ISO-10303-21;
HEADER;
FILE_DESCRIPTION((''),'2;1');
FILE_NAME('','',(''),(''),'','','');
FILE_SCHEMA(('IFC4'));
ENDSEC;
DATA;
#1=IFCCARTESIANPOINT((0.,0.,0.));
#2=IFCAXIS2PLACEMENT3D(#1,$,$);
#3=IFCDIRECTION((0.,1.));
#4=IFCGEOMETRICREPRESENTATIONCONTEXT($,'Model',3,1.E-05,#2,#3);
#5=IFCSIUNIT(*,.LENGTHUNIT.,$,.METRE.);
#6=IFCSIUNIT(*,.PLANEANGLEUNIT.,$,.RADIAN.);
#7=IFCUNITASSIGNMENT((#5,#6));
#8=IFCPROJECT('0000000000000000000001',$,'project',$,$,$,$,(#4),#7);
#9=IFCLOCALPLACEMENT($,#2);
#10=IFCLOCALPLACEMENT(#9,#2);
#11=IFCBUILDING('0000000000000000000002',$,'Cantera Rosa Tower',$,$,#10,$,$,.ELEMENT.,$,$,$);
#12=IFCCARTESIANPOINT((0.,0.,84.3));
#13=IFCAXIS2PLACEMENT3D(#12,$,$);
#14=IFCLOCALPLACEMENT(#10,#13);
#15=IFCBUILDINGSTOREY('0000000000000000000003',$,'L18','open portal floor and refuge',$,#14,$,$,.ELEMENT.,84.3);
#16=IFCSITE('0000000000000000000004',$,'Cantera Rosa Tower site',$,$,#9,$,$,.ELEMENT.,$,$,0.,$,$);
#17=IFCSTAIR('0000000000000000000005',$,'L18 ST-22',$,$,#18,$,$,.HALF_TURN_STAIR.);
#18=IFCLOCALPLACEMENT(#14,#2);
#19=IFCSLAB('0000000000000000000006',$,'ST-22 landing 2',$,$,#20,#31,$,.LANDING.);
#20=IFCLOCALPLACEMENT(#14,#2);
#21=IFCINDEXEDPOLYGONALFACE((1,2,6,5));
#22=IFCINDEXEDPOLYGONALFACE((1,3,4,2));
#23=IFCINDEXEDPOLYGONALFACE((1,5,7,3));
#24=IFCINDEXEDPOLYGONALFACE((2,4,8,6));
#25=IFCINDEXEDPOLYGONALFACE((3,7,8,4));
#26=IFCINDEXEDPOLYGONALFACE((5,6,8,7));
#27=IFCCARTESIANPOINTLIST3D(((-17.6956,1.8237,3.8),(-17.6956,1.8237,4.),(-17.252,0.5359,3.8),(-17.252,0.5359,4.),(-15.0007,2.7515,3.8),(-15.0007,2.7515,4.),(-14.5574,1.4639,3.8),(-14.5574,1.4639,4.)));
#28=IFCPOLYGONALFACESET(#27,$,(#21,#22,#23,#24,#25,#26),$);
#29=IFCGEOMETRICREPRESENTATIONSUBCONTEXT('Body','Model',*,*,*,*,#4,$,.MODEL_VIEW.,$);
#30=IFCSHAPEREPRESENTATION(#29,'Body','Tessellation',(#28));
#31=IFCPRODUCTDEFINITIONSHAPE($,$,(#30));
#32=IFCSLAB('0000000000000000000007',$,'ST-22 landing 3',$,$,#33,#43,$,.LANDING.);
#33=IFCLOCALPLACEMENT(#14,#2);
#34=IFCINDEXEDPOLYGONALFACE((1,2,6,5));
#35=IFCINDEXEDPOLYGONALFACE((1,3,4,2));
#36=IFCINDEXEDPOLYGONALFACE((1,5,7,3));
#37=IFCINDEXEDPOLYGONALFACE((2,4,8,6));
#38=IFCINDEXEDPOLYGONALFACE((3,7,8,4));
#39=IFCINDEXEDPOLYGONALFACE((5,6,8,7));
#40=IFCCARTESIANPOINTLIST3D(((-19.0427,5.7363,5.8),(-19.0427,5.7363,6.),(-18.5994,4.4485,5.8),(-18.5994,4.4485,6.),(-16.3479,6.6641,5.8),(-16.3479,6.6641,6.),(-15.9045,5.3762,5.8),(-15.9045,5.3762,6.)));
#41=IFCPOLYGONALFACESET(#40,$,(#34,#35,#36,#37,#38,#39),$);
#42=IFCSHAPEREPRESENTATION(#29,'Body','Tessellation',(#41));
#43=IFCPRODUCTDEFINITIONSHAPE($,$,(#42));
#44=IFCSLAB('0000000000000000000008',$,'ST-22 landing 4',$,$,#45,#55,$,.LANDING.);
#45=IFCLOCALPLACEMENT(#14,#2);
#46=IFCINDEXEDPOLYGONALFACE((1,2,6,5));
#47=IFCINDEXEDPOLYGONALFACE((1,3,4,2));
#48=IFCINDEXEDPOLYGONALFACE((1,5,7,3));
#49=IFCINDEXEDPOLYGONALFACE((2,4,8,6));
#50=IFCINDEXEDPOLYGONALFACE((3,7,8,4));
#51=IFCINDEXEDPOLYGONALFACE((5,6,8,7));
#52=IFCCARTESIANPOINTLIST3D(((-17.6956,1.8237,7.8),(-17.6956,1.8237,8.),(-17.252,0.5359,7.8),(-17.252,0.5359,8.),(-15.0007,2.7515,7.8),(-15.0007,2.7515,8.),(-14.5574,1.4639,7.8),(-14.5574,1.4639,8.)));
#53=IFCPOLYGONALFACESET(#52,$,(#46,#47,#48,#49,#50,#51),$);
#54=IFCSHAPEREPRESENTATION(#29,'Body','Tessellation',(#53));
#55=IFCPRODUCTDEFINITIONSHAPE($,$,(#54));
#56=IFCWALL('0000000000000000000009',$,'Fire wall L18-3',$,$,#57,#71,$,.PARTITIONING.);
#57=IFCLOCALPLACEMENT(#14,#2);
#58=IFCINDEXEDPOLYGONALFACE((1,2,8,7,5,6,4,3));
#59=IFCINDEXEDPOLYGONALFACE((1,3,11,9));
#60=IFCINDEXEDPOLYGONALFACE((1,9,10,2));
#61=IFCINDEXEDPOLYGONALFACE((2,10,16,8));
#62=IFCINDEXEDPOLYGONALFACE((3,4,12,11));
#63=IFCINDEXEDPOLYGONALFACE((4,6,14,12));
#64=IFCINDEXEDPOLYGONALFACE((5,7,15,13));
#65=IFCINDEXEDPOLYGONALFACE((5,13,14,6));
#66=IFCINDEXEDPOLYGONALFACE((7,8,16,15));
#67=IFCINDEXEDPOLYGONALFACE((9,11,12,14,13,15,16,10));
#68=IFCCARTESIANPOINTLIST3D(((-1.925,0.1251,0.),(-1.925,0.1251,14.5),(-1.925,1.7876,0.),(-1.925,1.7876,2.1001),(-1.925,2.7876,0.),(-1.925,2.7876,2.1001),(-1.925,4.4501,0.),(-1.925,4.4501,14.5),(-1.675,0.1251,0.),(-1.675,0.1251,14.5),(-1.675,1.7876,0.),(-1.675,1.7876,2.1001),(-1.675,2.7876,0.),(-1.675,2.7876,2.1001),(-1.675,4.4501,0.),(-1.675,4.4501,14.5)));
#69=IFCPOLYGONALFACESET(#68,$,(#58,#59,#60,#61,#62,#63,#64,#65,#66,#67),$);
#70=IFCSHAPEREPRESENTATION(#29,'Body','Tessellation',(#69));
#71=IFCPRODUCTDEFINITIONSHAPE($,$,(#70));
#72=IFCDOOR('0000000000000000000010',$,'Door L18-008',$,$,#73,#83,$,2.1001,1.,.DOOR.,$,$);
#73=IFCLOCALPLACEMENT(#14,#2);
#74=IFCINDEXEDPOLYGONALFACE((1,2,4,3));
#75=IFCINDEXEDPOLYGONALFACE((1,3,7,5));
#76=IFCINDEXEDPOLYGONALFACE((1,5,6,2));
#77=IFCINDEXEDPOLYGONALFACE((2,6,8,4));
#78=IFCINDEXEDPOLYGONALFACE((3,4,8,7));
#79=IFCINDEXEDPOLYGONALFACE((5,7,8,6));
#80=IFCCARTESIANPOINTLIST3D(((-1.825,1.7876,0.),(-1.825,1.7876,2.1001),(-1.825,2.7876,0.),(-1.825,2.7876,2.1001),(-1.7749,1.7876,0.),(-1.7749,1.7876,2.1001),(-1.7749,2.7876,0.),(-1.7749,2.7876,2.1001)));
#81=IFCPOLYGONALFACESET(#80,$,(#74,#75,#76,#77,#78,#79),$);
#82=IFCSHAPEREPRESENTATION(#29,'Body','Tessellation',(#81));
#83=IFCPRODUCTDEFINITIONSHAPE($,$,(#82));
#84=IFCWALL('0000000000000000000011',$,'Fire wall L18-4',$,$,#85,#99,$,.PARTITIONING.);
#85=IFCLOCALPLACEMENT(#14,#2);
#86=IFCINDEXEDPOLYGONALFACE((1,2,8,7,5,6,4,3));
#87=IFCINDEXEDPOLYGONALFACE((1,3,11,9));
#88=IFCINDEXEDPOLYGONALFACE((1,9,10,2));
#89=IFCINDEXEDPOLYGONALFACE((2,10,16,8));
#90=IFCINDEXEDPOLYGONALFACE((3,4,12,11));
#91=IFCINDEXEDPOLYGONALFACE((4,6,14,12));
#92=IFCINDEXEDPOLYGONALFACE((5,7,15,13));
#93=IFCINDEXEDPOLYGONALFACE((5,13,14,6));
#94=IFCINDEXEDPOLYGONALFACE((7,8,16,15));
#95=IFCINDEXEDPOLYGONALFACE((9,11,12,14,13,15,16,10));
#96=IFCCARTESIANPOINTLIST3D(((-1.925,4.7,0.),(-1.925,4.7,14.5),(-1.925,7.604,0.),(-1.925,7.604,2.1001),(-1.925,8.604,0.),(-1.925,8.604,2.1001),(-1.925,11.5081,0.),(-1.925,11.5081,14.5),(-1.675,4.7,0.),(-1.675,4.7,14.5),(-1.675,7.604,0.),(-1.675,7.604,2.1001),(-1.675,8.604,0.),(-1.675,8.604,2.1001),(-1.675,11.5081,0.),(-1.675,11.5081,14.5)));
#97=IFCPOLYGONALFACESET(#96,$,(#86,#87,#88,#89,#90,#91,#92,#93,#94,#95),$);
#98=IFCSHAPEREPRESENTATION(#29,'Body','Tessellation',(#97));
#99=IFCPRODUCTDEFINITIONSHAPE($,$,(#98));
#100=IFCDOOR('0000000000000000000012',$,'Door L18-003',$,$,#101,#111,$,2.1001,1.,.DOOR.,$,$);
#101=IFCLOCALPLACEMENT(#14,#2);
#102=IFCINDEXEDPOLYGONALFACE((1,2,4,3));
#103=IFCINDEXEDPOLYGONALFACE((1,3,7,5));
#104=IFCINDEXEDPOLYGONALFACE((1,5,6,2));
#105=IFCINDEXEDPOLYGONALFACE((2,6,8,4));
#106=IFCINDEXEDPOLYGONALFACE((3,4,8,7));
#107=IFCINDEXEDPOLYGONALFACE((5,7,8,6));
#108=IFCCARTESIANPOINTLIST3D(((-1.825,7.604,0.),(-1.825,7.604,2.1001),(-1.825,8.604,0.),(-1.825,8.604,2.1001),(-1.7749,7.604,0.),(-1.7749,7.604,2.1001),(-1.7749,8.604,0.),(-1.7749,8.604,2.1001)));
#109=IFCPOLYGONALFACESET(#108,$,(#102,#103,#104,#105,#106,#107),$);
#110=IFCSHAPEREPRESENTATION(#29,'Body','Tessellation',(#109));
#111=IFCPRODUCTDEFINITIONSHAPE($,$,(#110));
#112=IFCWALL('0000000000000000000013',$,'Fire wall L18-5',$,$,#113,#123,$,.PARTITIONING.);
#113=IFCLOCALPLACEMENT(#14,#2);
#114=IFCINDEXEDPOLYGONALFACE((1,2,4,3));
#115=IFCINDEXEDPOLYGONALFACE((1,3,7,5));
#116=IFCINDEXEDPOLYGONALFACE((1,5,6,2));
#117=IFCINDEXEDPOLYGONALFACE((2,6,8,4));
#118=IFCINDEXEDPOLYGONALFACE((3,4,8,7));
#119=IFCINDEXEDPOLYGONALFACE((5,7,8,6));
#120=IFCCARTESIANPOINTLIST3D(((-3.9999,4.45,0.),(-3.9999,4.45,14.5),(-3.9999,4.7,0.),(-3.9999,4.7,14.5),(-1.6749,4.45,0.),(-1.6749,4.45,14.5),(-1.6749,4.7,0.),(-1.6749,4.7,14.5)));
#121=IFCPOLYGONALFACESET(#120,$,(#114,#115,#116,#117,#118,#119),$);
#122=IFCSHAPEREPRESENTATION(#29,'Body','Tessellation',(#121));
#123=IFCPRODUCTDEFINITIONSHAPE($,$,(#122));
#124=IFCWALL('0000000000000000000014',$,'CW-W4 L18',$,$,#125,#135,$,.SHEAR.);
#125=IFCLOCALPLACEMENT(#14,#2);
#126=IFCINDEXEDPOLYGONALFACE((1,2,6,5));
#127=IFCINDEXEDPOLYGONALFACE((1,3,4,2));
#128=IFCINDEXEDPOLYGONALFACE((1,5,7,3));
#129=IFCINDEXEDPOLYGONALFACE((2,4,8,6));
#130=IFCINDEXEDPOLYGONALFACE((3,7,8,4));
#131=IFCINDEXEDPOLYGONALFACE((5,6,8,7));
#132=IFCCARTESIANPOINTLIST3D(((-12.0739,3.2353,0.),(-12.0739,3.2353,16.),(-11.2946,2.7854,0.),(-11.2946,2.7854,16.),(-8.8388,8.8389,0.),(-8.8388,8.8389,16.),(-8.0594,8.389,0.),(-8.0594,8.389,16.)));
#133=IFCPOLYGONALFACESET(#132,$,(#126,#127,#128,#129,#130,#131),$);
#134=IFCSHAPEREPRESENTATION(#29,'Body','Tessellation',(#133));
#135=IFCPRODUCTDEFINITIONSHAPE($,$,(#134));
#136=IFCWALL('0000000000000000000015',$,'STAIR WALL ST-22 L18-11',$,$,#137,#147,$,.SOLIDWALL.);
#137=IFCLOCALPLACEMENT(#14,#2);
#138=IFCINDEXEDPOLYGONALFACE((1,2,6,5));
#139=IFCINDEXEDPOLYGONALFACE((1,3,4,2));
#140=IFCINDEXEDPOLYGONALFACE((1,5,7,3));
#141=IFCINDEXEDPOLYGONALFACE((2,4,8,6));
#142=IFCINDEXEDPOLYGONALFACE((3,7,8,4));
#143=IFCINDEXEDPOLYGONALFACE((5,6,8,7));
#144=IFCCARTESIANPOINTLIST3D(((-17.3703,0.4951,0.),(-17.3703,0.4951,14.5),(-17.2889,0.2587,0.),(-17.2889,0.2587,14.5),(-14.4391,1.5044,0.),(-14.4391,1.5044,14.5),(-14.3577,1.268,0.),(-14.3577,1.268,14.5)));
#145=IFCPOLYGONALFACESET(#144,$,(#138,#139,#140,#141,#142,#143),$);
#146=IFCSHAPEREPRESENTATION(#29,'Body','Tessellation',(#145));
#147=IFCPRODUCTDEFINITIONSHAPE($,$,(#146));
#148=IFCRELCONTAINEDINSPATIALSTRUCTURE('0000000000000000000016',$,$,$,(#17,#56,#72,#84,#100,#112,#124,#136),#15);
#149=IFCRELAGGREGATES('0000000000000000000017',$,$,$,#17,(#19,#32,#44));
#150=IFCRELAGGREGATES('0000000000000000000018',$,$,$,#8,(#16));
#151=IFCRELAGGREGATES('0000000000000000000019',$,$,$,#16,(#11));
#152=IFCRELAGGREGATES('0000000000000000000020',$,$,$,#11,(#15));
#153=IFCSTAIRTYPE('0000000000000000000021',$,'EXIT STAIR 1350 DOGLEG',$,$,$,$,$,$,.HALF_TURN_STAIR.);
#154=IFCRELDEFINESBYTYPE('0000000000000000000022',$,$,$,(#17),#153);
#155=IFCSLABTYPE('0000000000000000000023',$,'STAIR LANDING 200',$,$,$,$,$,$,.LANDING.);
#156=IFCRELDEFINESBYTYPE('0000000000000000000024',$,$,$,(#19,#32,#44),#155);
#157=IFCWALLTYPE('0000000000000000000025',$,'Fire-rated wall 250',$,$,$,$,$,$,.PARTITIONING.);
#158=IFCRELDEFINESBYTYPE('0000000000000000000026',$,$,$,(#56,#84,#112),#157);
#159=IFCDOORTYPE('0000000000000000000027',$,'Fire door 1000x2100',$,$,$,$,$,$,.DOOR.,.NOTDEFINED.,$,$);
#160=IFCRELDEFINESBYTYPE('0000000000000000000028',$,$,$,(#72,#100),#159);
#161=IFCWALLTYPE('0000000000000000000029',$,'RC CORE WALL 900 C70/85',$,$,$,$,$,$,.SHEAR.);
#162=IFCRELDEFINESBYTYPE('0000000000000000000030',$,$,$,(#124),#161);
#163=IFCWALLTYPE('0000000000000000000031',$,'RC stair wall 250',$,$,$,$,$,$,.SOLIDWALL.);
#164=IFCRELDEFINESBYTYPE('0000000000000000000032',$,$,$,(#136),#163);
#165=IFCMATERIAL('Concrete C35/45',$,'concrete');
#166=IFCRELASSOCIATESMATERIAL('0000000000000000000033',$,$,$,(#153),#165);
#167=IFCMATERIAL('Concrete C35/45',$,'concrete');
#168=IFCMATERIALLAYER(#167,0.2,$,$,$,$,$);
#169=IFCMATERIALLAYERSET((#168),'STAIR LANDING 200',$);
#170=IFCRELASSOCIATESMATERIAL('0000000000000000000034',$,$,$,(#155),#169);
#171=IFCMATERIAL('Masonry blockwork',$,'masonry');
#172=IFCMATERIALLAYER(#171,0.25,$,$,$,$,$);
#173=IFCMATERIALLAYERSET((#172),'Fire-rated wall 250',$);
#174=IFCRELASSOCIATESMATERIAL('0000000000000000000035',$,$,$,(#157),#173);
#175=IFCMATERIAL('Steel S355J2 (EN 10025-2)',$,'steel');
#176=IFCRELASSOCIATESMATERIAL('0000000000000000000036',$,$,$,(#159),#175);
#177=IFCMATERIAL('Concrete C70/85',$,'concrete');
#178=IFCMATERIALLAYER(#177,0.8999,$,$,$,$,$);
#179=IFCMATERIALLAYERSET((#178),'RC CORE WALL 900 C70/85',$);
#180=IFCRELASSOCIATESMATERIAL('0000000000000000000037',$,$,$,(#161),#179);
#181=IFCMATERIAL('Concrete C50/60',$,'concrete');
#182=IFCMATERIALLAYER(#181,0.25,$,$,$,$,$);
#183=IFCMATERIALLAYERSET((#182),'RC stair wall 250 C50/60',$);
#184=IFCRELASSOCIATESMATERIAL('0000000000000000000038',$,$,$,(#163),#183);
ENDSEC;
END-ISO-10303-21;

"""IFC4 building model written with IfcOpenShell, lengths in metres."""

from ifc_helpers import new_model, si_unit, direction, frame, frame_2d, origin, place, context, subcontext, project, spatial, polyline, rectangle, outline, extrude, material, layer, layer_set, type_object, element, fill, aggregate, save


model = new_model("IFC4")

# Units and contexts
model_context = context("Model", 3, precision=1e-05, world=origin(), true_north=direction((0.0, 1.0)))
body_context = subcontext(model_context, "Body", "Model", "MODEL_VIEW")
ifc_project = project(units=[si_unit("LENGTHUNIT", "METRE"), si_unit("PLANEANGLEUNIT", "RADIAN")], contexts=[model_context])

# Site, building, storey
site_placement = place(None, origin())
site = spatial("IfcSite", under=ifc_project, at=site_placement, Name="Cantera Rosa Tower site", CompositionType="ELEMENT", RefElevation=0.0)
building_placement = place(site_placement, origin())
building = spatial("IfcBuilding", under=site, at=building_placement, Name="Cantera Rosa Tower", CompositionType="ELEMENT")
storey_placement = place(building_placement, frame((0.0, 0.0, 84.3)))
storey = spatial("IfcBuildingStorey", under=building, at=storey_placement, Name="L18", Description="open portal floor and refuge", CompositionType="ELEMENT", Elevation=84.3)

# Stair, slabs
ifc_material_1 = material(Name="Concrete C35/45", Category="concrete")
stair_type = type_object("IfcStairType", Name="EXIT STAIR 1350 DOGLEG", PredefinedType="HALF_TURN_STAIR", material=ifc_material_1)
stair_placement = place(storey_placement, origin())
stair = element("IfcStair", 1, at=stair_placement, inside=storey, type_object=stair_type, Name="L18 ST-22", PredefinedType="HALF_TURN_STAIR")
ifc_material_2 = material(Name="Concrete C35/45", Category="concrete")
ifc_layer_1 = layer(ifc_material_2, 0.2)
ifc_layer_set_1 = layer_set([ifc_layer_1], Name="STAIR LANDING 200")
slab_type = type_object("IfcSlabType", Name="STAIR LANDING 200", PredefinedType="LANDING", material=ifc_layer_set_1)
slab_1_placement = place(storey_placement, frame((0.0, 0.0, 3.8)))
slab_1 = element("IfcSlab", 2, at=slab_1_placement, type_object=slab_type, Name="ST-22 landing 2", PredefinedType="LANDING", context=body_context, shape_type="SweptSolid", body=[
    extrude(outline(polyline([(-14.5574, 1.4639), (-15.0007, 2.7515), (-17.6956, 1.8237), (-17.252, 0.5359), (-14.5574, 1.4639)])), origin(), (0.0, 0.0, 1.0), 0.2),
])
slab_2_placement = place(storey_placement, frame((0.0, 0.0, 5.8)))
slab_2 = element("IfcSlab", 3, at=slab_2_placement, type_object=slab_type, Name="ST-22 landing 3", PredefinedType="LANDING", context=body_context, shape_type="SweptSolid", body=[
    extrude(outline(polyline([(-15.9045, 5.3762), (-16.3479, 6.6641), (-19.0427, 5.7363), (-18.5994, 4.4485), (-15.9045, 5.3762)])), origin(), (0.0, 0.0, 1.0), 0.2),
])
slab_3_placement = place(storey_placement, frame((0.0, 0.0, 7.8)))
slab_3 = element("IfcSlab", 4, at=slab_3_placement, type_object=slab_type, Name="ST-22 landing 4", PredefinedType="LANDING", context=body_context, shape_type="SweptSolid", body=[
    extrude(outline(polyline([(-14.5574, 1.4639), (-15.0007, 2.7515), (-17.6956, 1.8237), (-17.252, 0.5359), (-14.5574, 1.4639)])), origin(), (0.0, 0.0, 1.0), 0.2),
])

# Walls, openings, doors
ifc_material_3 = material(Name="Masonry blockwork", Category="masonry")
ifc_layer_2 = layer(ifc_material_3, 0.25)
ifc_layer_set_2 = layer_set([ifc_layer_2], Name="Fire-rated wall 250")
wall_type_1 = type_object("IfcWallType", Name="Fire-rated wall 250", PredefinedType="PARTITIONING", material=ifc_layer_set_2)
wall_1_placement = place(storey_placement, frame((-1.8, 0.125, 0.0), z_axis=(0.0, 0.0, 1.0), x_axis=(0.0, 1.0, 0.0)))
wall_1 = element("IfcWall", 5, at=wall_1_placement, inside=storey, type_object=wall_type_1, Name="Fire wall L18-3", PredefinedType="PARTITIONING", context=body_context, shape_type="SweptSolid", body=[
    extrude(rectangle(XDim=4.325, YDim=0.25, at=frame_2d((2.1626, 0.0))), origin(), (0.0, 0.0, 1.0), 14.5),
])
opening_1_placement = place(wall_1_placement, frame((1.6626, 0.0, 0.0)))
opening_1 = element("IfcOpeningElement", 6, at=opening_1_placement, cuts=wall_1, PredefinedType="OPENING", context=body_context, shape_type="SweptSolid", body=[
    extrude(rectangle(XDim=1.0, YDim=2.1001, at=frame_2d((0.5, 1.05))), frame((0.0, 0.135, 0.0), z_axis=(0.0, -1.0, 0.0), x_axis=(1.0, 0.0, 0.0)), (0.0, 0.0, 1.0), 0.27),
])
ifc_material_4 = material(Name="Steel S355J2 (EN 10025-2)", Category="steel")
door_type = type_object("IfcDoorType", Name="Fire door 1000x2100", OperationType="NOTDEFINED", PredefinedType="DOOR", material=ifc_material_4)
door_1_placement = place(opening_1_placement, origin())
door_1 = element("IfcDoor", 7, at=door_1_placement, inside=storey, type_object=door_type, Name="Door L18-008", OverallHeight=2.1001, OverallWidth=1.0, PredefinedType="DOOR", context=body_context, shape_type="SweptSolid", body=[
    extrude(rectangle(XDim=1.0, YDim=2.1001, at=frame_2d((0.5, 1.05))), frame((0.0, 0.0249, 0.0), z_axis=(0.0, -1.0, 0.0), x_axis=(1.0, 0.0, 0.0)), (0.0, 0.0, 1.0), 0.05),
])
fill(opening_1, door_1)
wall_2_placement = place(storey_placement, frame((-1.8, 4.7, 0.0), z_axis=(0.0, 0.0, 1.0), x_axis=(0.0, 1.0, 0.0)))
wall_2 = element("IfcWall", 8, at=wall_2_placement, inside=storey, type_object=wall_type_1, Name="Fire wall L18-4", PredefinedType="PARTITIONING", context=body_context, shape_type="SweptSolid", body=[
    extrude(rectangle(XDim=6.8081, YDim=0.25, at=frame_2d((3.4041, 0.0))), origin(), (0.0, 0.0, 1.0), 14.5),
])
opening_2_placement = place(wall_2_placement, frame((2.9041, 0.0, 0.0)))
opening_2 = element("IfcOpeningElement", 9, at=opening_2_placement, cuts=wall_2, PredefinedType="OPENING", context=body_context, shape_type="SweptSolid", body=[
    extrude(rectangle(XDim=1.0, YDim=2.1001, at=frame_2d((0.5, 1.05))), frame((0.0, 0.135, 0.0), z_axis=(0.0, -1.0, 0.0), x_axis=(1.0, 0.0, 0.0)), (0.0, 0.0, 1.0), 0.27),
])
door_2_placement = place(opening_2_placement, origin())
door_2 = element("IfcDoor", 10, at=door_2_placement, inside=storey, type_object=door_type, Name="Door L18-003", OverallHeight=2.1001, OverallWidth=1.0, PredefinedType="DOOR", context=body_context, shape_type="SweptSolid", body=[
    extrude(rectangle(XDim=1.0, YDim=2.1001, at=frame_2d((0.5, 1.05))), frame((0.0, 0.0249, 0.0), z_axis=(0.0, -1.0, 0.0), x_axis=(1.0, 0.0, 0.0)), (0.0, 0.0, 1.0), 0.05),
])
fill(opening_2, door_2)

# Walls
wall_3_placement = place(storey_placement, frame((-4.0, 4.575, 0.0), z_axis=(0.0, 0.0, 1.0), x_axis=(1.0, 0.0, 0.0)))
element("IfcWall", 11, at=wall_3_placement, inside=storey, type_object=wall_type_1, Name="Fire wall L18-5", PredefinedType="PARTITIONING", context=body_context, shape_type="SweptSolid", body=[
    extrude(rectangle(XDim=2.325, YDim=0.25, at=frame_2d((1.1626, 0.0))), origin(), (0.0, 0.0, 1.0), 14.5),
])
ifc_material_5 = material(Name="Concrete C70/85", Category="concrete")
ifc_layer_3 = layer(ifc_material_5, 0.8999)
ifc_layer_set_3 = layer_set([ifc_layer_3], Name="RC CORE WALL 900 C70/85")
wall_type_2 = type_object("IfcWallType", Name="RC CORE WALL 900 C70/85", PredefinedType="SHEAR", material=ifc_layer_set_3)
wall_4_placement = place(storey_placement, frame((-11.6843, 3.0103, 0.0), z_axis=(0.0, 0.0, 1.0), x_axis=(0.49999, 0.866031, 0.0)))
element("IfcWall", 12, at=wall_4_placement, inside=storey, type_object=wall_type_2, Name="CW-W4 L18", PredefinedType="SHEAR", context=body_context, shape_type="SweptSolid", body=[
    extrude(rectangle(XDim=6.4705, YDim=0.8999, at=frame_2d((3.2354, 0.0))), origin(), (0.0, 0.0, 1.0), 16.0),
])
ifc_material_6 = material(Name="Concrete C50/60", Category="concrete")
ifc_layer_4 = layer(ifc_material_6, 0.25)
ifc_layer_set_4 = layer_set([ifc_layer_4], Name="RC stair wall 250 C50/60")
wall_type_3 = type_object("IfcWallType", Name="RC stair wall 250", PredefinedType="SOLIDWALL", material=ifc_layer_set_4)
wall_5_placement = place(storey_placement, frame((-14.3984, 1.3862, 0.0), z_axis=(0.0, 0.0, 1.0), x_axis=(-0.945519, -0.325568, 0.0)))
element("IfcWall", 13, at=wall_5_placement, inside=storey, type_object=wall_type_3, Name="STAIR WALL ST-22 L18-11", PredefinedType="SOLIDWALL", context=body_context, shape_type="SweptSolid", body=[
    extrude(rectangle(XDim=3.1001, YDim=0.25, at=frame_2d((1.55, 0.0))), origin(), (0.0, 0.0, 1.0), 14.5),
])

aggregate(stair, [slab_1, slab_2, slab_3])

save(model, "model.ifc")
